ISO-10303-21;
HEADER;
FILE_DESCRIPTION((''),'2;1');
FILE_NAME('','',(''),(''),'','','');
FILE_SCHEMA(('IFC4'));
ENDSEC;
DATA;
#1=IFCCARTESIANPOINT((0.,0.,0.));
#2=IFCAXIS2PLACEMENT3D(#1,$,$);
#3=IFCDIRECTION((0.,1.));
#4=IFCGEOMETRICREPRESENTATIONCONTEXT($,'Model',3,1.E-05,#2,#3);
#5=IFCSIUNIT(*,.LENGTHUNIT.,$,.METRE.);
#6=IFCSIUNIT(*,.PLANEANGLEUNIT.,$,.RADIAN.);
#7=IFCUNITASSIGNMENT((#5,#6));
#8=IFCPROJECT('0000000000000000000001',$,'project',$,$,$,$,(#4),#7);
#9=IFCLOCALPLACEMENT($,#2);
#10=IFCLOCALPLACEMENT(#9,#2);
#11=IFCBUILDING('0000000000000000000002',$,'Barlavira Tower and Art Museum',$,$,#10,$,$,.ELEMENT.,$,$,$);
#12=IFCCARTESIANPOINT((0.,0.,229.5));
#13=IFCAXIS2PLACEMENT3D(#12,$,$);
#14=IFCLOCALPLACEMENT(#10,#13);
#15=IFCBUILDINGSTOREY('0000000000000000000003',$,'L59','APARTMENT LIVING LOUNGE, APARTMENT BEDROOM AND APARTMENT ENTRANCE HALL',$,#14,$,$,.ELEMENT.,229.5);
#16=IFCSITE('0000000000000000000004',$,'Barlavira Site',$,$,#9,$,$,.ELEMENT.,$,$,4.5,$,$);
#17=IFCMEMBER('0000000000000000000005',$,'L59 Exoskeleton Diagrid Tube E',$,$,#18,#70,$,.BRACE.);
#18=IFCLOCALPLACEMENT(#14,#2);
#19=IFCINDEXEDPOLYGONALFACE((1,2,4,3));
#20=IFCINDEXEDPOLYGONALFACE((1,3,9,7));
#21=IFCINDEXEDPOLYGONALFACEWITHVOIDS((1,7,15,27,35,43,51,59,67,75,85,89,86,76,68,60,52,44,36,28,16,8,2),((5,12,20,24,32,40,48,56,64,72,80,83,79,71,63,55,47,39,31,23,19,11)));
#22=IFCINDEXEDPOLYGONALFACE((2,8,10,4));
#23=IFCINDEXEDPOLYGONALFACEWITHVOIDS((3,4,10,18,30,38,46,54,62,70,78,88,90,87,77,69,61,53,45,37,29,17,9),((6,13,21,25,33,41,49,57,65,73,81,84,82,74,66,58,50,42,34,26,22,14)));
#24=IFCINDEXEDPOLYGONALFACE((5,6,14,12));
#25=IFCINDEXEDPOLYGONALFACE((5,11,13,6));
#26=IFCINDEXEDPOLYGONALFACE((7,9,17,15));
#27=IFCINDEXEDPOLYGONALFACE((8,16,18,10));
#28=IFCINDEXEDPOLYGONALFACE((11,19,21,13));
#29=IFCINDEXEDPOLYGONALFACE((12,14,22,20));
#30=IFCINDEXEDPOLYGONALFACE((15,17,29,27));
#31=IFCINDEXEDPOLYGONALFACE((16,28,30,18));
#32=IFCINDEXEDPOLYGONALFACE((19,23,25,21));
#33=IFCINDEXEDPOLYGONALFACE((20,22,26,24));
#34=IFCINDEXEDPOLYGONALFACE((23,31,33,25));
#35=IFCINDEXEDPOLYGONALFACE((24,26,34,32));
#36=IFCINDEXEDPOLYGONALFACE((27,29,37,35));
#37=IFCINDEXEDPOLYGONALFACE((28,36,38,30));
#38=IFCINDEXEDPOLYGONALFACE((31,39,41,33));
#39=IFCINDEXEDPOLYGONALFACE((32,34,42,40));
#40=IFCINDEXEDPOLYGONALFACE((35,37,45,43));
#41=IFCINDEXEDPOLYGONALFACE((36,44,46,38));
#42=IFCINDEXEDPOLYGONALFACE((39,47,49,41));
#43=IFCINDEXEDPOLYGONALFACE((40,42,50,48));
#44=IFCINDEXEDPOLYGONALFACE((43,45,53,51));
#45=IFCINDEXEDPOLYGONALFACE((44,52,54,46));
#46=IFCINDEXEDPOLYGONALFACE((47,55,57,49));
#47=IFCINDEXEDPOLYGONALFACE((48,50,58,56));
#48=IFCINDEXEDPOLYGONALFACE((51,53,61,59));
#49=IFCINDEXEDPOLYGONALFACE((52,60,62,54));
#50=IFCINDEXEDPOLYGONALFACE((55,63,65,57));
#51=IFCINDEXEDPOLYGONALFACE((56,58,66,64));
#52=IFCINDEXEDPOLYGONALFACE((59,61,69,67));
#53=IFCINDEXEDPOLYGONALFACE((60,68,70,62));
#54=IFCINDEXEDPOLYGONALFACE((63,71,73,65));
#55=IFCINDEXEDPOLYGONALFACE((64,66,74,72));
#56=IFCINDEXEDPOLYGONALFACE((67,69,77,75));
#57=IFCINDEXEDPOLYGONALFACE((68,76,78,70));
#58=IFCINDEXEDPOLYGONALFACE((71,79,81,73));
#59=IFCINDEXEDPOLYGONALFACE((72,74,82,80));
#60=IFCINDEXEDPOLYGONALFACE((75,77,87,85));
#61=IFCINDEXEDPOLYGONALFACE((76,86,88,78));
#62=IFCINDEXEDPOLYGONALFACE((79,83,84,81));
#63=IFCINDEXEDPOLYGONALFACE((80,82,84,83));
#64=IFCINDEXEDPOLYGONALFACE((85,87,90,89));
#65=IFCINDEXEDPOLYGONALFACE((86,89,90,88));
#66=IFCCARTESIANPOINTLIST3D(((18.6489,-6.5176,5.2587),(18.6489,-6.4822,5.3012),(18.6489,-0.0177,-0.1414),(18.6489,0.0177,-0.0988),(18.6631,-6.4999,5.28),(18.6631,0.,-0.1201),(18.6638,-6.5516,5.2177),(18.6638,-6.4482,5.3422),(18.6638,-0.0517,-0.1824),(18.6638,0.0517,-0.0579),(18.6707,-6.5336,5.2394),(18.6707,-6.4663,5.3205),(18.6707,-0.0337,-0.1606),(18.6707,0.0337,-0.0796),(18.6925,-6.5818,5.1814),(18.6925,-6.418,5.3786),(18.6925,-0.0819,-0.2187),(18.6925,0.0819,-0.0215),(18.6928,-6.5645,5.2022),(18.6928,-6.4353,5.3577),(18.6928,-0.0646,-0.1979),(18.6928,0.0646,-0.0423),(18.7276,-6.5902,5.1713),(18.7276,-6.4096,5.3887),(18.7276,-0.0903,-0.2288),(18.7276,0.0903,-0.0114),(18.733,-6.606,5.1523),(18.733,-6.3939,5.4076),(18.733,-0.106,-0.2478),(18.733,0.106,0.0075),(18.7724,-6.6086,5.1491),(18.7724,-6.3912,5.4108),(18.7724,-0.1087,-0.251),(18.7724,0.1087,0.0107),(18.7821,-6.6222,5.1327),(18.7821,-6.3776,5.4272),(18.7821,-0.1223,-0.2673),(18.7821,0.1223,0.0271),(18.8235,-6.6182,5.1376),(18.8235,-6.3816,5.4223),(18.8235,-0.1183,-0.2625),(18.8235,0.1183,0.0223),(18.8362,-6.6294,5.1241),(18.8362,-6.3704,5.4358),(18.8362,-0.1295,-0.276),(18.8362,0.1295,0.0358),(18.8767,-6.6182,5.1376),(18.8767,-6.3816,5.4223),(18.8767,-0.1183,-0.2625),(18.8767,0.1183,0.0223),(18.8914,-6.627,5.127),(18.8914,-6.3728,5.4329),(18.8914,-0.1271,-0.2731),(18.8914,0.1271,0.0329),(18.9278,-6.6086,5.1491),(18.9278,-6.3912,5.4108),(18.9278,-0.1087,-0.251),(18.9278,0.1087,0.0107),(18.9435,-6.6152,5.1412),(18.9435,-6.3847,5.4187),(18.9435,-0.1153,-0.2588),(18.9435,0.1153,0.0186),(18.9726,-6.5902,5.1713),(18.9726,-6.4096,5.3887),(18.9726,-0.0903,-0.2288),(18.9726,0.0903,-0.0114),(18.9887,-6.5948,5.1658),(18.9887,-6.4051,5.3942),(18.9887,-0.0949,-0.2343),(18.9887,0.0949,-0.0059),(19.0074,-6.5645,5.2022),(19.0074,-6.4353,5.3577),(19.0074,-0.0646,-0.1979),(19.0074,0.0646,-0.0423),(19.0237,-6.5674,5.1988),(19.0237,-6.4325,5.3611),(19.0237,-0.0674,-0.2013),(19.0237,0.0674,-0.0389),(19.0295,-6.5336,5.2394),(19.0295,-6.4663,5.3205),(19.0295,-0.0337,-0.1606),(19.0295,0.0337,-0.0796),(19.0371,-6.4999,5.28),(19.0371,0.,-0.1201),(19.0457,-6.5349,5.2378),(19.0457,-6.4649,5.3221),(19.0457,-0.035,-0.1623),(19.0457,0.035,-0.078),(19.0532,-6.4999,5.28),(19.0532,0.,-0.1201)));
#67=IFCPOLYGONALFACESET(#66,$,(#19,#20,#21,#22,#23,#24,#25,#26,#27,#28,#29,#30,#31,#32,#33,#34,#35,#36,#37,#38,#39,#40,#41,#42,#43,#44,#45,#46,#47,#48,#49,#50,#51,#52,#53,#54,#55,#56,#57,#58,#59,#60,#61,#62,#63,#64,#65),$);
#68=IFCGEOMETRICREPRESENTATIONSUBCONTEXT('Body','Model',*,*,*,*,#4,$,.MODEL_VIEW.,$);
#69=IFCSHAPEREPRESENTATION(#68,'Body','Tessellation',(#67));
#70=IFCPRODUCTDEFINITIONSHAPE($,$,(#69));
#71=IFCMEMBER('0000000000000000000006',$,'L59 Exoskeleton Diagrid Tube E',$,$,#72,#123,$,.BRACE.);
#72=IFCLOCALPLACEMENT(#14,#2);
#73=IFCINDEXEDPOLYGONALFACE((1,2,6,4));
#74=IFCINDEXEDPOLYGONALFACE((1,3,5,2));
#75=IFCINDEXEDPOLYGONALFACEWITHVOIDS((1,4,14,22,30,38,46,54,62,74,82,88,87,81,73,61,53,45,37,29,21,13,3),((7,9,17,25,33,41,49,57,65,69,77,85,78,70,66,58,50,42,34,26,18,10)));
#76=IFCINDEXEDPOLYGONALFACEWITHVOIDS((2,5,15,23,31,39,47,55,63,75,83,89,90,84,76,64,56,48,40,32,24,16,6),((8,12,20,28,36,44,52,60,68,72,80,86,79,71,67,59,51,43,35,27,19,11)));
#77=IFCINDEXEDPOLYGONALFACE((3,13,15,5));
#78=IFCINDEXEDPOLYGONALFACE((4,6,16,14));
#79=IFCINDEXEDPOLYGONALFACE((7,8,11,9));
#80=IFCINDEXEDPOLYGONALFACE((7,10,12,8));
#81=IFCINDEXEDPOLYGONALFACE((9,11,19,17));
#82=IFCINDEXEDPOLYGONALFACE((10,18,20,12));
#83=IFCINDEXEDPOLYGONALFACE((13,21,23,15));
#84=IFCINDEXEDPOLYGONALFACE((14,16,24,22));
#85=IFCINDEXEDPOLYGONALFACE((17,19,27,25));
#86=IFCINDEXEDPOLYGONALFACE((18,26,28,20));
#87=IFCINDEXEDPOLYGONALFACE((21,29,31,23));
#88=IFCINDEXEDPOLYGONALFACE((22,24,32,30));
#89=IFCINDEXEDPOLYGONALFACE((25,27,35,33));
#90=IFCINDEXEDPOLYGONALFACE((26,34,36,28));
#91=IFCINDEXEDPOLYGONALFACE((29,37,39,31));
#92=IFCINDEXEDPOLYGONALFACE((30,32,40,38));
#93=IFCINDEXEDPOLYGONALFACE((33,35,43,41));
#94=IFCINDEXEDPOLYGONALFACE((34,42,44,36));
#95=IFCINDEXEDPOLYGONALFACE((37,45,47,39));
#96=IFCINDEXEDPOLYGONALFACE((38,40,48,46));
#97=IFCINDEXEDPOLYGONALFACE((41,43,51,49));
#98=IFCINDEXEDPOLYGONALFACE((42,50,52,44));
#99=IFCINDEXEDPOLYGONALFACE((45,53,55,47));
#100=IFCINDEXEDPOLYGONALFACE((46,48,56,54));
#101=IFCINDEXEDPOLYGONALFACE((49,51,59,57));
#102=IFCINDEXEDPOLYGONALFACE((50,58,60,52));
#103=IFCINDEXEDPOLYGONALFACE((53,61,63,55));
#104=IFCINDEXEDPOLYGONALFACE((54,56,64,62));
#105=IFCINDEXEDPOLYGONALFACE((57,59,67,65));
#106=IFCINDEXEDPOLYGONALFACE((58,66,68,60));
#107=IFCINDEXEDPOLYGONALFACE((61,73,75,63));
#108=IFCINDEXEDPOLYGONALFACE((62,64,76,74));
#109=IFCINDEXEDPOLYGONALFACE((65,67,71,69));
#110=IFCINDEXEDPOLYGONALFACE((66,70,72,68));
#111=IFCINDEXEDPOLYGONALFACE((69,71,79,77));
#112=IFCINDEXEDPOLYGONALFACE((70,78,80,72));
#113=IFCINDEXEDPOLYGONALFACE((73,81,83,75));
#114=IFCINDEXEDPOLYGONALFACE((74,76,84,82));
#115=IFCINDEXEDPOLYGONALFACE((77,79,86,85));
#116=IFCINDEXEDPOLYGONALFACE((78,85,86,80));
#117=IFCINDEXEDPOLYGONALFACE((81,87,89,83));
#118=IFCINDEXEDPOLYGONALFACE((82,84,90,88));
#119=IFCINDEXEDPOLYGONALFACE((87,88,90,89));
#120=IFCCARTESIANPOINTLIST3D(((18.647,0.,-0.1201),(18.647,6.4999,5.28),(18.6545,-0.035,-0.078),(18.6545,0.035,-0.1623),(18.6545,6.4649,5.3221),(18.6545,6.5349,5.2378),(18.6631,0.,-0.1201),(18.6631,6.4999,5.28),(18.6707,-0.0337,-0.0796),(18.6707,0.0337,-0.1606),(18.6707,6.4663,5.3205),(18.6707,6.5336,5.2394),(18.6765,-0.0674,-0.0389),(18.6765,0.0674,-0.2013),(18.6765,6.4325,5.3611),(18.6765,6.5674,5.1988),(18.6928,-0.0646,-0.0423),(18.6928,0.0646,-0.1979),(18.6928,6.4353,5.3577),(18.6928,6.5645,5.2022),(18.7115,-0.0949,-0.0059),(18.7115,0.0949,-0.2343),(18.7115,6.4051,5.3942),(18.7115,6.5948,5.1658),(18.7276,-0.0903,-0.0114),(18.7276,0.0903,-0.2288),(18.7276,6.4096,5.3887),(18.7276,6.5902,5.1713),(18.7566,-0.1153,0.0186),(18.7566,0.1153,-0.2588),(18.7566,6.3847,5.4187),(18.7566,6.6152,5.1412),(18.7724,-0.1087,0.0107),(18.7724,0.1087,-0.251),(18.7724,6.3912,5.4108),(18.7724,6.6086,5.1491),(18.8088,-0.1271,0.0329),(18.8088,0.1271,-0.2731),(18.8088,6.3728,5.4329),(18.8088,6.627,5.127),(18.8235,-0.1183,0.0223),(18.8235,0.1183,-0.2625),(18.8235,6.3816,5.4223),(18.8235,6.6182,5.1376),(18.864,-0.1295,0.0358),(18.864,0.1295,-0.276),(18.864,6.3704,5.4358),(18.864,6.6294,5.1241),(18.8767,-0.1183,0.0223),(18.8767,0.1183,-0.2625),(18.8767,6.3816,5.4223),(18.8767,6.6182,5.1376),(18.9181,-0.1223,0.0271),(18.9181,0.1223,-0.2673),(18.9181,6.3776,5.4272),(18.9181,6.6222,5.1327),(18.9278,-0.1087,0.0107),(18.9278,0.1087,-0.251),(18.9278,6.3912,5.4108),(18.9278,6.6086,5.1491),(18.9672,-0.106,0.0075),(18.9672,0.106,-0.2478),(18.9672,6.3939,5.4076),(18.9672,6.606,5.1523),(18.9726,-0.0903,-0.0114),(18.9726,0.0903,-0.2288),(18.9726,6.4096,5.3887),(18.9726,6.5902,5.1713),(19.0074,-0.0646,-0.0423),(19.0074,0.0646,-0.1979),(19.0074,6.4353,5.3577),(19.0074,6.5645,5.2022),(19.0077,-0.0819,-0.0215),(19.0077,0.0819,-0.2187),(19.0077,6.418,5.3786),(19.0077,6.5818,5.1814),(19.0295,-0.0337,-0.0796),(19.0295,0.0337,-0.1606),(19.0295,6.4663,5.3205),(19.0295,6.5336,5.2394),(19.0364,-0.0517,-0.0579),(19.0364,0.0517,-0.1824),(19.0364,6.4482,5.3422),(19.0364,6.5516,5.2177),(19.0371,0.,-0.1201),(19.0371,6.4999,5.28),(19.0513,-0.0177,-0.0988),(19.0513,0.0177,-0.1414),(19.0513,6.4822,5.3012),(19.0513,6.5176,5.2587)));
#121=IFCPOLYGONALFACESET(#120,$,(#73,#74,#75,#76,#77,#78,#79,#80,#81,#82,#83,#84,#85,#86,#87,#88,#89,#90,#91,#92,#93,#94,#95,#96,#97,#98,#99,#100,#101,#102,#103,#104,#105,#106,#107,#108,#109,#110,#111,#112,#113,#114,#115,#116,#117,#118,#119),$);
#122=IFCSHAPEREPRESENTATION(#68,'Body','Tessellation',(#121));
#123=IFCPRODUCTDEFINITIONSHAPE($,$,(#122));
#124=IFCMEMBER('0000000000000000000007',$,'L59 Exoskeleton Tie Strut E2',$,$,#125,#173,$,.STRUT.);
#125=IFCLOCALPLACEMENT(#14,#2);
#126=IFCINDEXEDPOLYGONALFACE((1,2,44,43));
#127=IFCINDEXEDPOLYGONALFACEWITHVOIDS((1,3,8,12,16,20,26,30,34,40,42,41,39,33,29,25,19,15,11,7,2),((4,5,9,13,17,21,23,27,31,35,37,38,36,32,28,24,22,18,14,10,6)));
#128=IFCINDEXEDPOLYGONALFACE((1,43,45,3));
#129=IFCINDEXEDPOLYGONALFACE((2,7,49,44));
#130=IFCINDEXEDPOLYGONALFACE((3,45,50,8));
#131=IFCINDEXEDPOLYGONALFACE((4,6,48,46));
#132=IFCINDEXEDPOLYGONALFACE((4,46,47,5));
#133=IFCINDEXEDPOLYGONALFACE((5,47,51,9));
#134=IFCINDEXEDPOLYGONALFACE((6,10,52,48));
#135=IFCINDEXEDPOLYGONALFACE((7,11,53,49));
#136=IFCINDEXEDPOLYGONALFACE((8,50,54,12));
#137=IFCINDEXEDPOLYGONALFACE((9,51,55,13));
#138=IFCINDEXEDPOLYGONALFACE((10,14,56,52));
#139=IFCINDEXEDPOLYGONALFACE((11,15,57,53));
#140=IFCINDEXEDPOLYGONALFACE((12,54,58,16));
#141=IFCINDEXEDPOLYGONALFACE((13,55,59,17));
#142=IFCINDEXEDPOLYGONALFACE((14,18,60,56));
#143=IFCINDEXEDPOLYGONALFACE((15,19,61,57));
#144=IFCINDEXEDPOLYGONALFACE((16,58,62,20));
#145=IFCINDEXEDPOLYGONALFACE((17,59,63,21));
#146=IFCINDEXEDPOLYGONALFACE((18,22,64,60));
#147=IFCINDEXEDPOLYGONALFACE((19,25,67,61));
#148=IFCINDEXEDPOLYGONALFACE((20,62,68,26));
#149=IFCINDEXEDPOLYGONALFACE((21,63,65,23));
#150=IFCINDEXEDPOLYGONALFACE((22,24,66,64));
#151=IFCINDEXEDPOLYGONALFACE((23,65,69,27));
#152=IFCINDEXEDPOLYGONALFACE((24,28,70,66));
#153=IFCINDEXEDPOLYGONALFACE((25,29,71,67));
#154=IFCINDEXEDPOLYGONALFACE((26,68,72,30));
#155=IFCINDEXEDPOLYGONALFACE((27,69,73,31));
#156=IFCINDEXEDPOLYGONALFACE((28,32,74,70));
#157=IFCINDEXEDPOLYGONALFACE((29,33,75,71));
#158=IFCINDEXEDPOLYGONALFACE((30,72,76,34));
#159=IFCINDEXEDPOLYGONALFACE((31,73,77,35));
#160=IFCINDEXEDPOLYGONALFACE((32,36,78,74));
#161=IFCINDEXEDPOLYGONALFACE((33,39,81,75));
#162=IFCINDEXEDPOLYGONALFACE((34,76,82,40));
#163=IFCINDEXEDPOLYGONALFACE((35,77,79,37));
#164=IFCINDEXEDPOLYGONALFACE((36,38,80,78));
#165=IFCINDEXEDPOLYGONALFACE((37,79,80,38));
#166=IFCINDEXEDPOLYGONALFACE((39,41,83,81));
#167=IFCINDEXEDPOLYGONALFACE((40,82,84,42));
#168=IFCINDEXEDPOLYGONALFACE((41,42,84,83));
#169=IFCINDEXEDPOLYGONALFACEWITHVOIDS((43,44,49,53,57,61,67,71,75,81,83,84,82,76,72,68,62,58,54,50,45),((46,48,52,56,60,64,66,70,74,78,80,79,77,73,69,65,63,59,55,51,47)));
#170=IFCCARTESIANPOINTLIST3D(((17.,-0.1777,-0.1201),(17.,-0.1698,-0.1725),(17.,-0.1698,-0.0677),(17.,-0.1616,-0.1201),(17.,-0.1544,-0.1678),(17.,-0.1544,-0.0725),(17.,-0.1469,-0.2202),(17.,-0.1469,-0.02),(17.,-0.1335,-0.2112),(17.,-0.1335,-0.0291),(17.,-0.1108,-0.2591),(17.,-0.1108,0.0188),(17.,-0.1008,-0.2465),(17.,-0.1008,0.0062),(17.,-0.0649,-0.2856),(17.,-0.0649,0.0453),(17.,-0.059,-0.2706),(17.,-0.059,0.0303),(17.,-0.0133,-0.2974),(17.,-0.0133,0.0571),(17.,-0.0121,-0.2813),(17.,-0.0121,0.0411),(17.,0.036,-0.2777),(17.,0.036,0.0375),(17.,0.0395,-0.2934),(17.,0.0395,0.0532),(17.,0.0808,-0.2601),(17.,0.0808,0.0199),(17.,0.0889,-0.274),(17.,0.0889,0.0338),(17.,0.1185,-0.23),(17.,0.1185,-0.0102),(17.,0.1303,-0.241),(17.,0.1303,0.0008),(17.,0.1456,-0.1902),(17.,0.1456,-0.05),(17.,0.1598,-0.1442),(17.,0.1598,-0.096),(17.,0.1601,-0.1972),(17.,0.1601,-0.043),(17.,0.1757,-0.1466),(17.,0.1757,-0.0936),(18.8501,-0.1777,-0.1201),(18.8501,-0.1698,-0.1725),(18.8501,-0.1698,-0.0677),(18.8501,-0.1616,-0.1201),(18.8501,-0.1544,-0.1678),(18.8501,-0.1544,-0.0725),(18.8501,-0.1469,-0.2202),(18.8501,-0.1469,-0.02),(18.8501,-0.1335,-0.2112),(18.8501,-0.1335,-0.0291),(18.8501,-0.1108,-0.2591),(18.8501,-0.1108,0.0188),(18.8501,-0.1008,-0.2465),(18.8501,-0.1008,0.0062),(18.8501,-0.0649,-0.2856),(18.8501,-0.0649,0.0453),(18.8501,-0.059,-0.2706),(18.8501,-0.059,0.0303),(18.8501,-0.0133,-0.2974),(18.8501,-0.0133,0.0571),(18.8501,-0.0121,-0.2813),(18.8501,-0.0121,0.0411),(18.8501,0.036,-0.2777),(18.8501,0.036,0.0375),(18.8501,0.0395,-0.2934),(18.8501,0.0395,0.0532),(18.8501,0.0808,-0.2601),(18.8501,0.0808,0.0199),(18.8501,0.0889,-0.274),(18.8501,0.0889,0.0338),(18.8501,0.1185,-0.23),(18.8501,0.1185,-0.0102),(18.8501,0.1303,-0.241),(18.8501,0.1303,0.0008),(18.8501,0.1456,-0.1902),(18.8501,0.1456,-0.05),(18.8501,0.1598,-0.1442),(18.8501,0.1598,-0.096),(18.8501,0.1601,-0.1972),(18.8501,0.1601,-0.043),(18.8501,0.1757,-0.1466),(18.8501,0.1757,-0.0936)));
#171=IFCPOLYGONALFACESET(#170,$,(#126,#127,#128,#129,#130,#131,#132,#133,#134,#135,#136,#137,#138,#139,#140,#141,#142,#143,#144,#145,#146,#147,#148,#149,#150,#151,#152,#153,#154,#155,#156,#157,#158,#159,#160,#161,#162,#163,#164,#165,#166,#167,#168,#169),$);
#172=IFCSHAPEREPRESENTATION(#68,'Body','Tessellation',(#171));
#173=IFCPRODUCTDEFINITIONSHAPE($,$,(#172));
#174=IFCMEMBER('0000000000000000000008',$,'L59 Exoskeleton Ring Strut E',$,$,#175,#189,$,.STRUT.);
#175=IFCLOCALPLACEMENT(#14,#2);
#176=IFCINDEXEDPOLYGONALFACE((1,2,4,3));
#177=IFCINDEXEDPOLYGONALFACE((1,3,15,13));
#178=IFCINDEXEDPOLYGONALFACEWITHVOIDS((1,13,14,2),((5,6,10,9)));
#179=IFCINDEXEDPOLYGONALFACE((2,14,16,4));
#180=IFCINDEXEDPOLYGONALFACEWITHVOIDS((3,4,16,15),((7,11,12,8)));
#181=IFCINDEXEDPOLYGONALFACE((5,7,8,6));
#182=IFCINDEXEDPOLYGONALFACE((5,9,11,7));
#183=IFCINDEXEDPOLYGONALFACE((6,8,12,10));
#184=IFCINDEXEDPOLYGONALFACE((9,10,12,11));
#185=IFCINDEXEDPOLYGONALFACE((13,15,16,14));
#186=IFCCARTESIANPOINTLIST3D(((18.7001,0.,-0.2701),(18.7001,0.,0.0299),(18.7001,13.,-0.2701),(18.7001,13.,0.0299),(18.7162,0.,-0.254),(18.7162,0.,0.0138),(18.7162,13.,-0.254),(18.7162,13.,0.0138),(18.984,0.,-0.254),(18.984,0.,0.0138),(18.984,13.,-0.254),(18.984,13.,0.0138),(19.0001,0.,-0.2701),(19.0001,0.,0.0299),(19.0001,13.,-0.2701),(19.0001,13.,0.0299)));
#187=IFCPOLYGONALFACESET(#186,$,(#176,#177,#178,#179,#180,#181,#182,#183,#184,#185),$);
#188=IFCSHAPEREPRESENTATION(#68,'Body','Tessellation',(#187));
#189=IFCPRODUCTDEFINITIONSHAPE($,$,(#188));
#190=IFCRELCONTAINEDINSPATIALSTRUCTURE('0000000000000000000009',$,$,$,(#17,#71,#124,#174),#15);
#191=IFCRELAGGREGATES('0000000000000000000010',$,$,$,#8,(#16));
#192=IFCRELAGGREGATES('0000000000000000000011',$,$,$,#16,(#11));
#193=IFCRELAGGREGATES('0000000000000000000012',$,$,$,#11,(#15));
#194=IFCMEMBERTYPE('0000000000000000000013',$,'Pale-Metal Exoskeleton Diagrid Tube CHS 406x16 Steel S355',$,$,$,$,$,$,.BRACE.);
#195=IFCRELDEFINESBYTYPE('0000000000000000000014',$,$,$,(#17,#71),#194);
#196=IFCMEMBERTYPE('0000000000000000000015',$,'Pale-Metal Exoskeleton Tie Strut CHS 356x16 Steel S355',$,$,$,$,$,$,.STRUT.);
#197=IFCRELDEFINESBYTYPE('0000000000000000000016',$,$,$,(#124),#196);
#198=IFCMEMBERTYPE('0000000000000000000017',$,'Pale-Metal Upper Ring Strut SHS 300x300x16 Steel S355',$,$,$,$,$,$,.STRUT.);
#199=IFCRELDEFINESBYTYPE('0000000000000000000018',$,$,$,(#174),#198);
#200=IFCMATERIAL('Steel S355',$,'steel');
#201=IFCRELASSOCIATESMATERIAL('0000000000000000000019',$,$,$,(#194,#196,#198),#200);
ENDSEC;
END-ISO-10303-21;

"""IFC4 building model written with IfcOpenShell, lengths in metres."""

from ifc_helpers import new_model, si_unit, direction, frame, origin, origin_2d, place, context, subcontext, project, spatial, hollow_rectangle, hollow_circle, extrude, material, material_profile, profile_set, type_object, element, save


model = new_model("IFC4")

# Units and contexts
model_context = context("Model", 3, precision=1e-05, world=origin(), true_north=direction((0.0, 1.0)))
body_context = subcontext(model_context, "Body", "Model", "MODEL_VIEW")
ifc_project = project(units=[si_unit("LENGTHUNIT", "METRE"), si_unit("PLANEANGLEUNIT", "RADIAN")], contexts=[model_context])

# Site, building, storey
site_placement = place(None, origin())
site = spatial("IfcSite", under=ifc_project, at=site_placement, Name="Barlavira Site", CompositionType="ELEMENT", RefElevation=4.5)
building_placement = place(site_placement, origin())
building = spatial("IfcBuilding", under=site, at=building_placement, Name="Barlavira Tower and Art Museum", CompositionType="ELEMENT")
storey_placement = place(building_placement, frame((0.0, 0.0, 229.5)))
storey = spatial("IfcBuildingStorey", under=building, at=storey_placement, Name="L59", Description="APARTMENT LIVING LOUNGE, APARTMENT BEDROOM AND APARTMENT ENTRANCE HALL", CompositionType="ELEMENT", Elevation=229.5)

# Members
ifc_material_1 = material(Name="Steel S355", Category="steel")
ifc_material_profile_1 = material_profile(ifc_material_1, hollow_circle(Radius=0.2031, WallThickness=0.0161, at=origin_2d()), Name="CHS 406.4x16.0")
ifc_profile_set_1 = profile_set([ifc_material_profile_1], Name="Steel S355")
member_type_1 = type_object("IfcMemberType", Name="Pale-Metal Exoskeleton Diagrid Tube CHS 406x16 Steel S355", PredefinedType="BRACE", material=ifc_profile_set_1)
for number, where, z_axis, x_axis, name in (
    (1, (18.8501, 0.0, -0.1201), (0.0, -0.769182, 0.63903), (1.0, 0.0, 0.0), "L59 Exoskeleton Diagrid Tube E"),
    (2, (18.8501, 0.0, -0.1201), (0.0, 0.769182, 0.63903), (-1.0, 0.0, 0.0), "L59 Exoskeleton Diagrid Tube E"),
):
    element("IfcMember", number, at=place(storey_placement, frame(where, z_axis=z_axis, x_axis=x_axis)), inside=storey, type_object=member_type_1, Name=name, PredefinedType="BRACE", context=body_context, shape_type="SweptSolid", body=[
        extrude(hollow_circle(Radius=0.2031, WallThickness=0.0161, at=origin_2d()), origin(), (0.0, 0.0, 1.0), 8.4504),
    ])
ifc_material_profile_2 = material_profile(ifc_material_1, hollow_circle(Radius=0.1777, WallThickness=0.0161, at=origin_2d()), Name="CHS 355.6x16.0")
ifc_profile_set_2 = profile_set([ifc_material_profile_2], Name="Steel S355")
member_type_2 = type_object("IfcMemberType", Name="Pale-Metal Exoskeleton Tie Strut CHS 356x16 Steel S355", PredefinedType="STRUT", material=ifc_profile_set_2)
member_1_placement = place(storey_placement, frame((18.8501, 0.0, -0.1201), z_axis=(-1.0, 0.0, 0.0), x_axis=(0.0, -1.0, 0.0)))
element("IfcMember", 3, at=member_1_placement, inside=storey, type_object=member_type_2, Name="L59 Exoskeleton Tie Strut E2", PredefinedType="STRUT", context=body_context, shape_type="SweptSolid", body=[
    extrude(hollow_circle(Radius=0.1777, WallThickness=0.0161, at=origin_2d()), origin(), (0.0, 0.0, 1.0), 1.8501),
])
ifc_material_profile_3 = material_profile(ifc_material_1, hollow_rectangle(XDim=0.3, YDim=0.3, WallThickness=0.0161, at=origin_2d()), Name="SHS 300x300x16.0")
ifc_profile_set_3 = profile_set([ifc_material_profile_3], Name="Steel S355")
member_type_3 = type_object("IfcMemberType", Name="Pale-Metal Upper Ring Strut SHS 300x300x16 Steel S355", PredefinedType="STRUT", material=ifc_profile_set_3)
member_2_placement = place(storey_placement, frame((18.8501, 0.0, -0.1201), z_axis=(0.0, 1.0, 0.0), x_axis=(-1.0, 0.0, 0.0)))
element("IfcMember", 4, at=member_2_placement, inside=storey, type_object=member_type_3, Name="L59 Exoskeleton Ring Strut E", PredefinedType="STRUT", context=body_context, shape_type="SweptSolid", body=[
    extrude(hollow_rectangle(XDim=0.3, YDim=0.3, WallThickness=0.0161, at=origin_2d()), origin(), (0.0, 0.0, 1.0), 13.0),
])

save(model, "model.ifc")
